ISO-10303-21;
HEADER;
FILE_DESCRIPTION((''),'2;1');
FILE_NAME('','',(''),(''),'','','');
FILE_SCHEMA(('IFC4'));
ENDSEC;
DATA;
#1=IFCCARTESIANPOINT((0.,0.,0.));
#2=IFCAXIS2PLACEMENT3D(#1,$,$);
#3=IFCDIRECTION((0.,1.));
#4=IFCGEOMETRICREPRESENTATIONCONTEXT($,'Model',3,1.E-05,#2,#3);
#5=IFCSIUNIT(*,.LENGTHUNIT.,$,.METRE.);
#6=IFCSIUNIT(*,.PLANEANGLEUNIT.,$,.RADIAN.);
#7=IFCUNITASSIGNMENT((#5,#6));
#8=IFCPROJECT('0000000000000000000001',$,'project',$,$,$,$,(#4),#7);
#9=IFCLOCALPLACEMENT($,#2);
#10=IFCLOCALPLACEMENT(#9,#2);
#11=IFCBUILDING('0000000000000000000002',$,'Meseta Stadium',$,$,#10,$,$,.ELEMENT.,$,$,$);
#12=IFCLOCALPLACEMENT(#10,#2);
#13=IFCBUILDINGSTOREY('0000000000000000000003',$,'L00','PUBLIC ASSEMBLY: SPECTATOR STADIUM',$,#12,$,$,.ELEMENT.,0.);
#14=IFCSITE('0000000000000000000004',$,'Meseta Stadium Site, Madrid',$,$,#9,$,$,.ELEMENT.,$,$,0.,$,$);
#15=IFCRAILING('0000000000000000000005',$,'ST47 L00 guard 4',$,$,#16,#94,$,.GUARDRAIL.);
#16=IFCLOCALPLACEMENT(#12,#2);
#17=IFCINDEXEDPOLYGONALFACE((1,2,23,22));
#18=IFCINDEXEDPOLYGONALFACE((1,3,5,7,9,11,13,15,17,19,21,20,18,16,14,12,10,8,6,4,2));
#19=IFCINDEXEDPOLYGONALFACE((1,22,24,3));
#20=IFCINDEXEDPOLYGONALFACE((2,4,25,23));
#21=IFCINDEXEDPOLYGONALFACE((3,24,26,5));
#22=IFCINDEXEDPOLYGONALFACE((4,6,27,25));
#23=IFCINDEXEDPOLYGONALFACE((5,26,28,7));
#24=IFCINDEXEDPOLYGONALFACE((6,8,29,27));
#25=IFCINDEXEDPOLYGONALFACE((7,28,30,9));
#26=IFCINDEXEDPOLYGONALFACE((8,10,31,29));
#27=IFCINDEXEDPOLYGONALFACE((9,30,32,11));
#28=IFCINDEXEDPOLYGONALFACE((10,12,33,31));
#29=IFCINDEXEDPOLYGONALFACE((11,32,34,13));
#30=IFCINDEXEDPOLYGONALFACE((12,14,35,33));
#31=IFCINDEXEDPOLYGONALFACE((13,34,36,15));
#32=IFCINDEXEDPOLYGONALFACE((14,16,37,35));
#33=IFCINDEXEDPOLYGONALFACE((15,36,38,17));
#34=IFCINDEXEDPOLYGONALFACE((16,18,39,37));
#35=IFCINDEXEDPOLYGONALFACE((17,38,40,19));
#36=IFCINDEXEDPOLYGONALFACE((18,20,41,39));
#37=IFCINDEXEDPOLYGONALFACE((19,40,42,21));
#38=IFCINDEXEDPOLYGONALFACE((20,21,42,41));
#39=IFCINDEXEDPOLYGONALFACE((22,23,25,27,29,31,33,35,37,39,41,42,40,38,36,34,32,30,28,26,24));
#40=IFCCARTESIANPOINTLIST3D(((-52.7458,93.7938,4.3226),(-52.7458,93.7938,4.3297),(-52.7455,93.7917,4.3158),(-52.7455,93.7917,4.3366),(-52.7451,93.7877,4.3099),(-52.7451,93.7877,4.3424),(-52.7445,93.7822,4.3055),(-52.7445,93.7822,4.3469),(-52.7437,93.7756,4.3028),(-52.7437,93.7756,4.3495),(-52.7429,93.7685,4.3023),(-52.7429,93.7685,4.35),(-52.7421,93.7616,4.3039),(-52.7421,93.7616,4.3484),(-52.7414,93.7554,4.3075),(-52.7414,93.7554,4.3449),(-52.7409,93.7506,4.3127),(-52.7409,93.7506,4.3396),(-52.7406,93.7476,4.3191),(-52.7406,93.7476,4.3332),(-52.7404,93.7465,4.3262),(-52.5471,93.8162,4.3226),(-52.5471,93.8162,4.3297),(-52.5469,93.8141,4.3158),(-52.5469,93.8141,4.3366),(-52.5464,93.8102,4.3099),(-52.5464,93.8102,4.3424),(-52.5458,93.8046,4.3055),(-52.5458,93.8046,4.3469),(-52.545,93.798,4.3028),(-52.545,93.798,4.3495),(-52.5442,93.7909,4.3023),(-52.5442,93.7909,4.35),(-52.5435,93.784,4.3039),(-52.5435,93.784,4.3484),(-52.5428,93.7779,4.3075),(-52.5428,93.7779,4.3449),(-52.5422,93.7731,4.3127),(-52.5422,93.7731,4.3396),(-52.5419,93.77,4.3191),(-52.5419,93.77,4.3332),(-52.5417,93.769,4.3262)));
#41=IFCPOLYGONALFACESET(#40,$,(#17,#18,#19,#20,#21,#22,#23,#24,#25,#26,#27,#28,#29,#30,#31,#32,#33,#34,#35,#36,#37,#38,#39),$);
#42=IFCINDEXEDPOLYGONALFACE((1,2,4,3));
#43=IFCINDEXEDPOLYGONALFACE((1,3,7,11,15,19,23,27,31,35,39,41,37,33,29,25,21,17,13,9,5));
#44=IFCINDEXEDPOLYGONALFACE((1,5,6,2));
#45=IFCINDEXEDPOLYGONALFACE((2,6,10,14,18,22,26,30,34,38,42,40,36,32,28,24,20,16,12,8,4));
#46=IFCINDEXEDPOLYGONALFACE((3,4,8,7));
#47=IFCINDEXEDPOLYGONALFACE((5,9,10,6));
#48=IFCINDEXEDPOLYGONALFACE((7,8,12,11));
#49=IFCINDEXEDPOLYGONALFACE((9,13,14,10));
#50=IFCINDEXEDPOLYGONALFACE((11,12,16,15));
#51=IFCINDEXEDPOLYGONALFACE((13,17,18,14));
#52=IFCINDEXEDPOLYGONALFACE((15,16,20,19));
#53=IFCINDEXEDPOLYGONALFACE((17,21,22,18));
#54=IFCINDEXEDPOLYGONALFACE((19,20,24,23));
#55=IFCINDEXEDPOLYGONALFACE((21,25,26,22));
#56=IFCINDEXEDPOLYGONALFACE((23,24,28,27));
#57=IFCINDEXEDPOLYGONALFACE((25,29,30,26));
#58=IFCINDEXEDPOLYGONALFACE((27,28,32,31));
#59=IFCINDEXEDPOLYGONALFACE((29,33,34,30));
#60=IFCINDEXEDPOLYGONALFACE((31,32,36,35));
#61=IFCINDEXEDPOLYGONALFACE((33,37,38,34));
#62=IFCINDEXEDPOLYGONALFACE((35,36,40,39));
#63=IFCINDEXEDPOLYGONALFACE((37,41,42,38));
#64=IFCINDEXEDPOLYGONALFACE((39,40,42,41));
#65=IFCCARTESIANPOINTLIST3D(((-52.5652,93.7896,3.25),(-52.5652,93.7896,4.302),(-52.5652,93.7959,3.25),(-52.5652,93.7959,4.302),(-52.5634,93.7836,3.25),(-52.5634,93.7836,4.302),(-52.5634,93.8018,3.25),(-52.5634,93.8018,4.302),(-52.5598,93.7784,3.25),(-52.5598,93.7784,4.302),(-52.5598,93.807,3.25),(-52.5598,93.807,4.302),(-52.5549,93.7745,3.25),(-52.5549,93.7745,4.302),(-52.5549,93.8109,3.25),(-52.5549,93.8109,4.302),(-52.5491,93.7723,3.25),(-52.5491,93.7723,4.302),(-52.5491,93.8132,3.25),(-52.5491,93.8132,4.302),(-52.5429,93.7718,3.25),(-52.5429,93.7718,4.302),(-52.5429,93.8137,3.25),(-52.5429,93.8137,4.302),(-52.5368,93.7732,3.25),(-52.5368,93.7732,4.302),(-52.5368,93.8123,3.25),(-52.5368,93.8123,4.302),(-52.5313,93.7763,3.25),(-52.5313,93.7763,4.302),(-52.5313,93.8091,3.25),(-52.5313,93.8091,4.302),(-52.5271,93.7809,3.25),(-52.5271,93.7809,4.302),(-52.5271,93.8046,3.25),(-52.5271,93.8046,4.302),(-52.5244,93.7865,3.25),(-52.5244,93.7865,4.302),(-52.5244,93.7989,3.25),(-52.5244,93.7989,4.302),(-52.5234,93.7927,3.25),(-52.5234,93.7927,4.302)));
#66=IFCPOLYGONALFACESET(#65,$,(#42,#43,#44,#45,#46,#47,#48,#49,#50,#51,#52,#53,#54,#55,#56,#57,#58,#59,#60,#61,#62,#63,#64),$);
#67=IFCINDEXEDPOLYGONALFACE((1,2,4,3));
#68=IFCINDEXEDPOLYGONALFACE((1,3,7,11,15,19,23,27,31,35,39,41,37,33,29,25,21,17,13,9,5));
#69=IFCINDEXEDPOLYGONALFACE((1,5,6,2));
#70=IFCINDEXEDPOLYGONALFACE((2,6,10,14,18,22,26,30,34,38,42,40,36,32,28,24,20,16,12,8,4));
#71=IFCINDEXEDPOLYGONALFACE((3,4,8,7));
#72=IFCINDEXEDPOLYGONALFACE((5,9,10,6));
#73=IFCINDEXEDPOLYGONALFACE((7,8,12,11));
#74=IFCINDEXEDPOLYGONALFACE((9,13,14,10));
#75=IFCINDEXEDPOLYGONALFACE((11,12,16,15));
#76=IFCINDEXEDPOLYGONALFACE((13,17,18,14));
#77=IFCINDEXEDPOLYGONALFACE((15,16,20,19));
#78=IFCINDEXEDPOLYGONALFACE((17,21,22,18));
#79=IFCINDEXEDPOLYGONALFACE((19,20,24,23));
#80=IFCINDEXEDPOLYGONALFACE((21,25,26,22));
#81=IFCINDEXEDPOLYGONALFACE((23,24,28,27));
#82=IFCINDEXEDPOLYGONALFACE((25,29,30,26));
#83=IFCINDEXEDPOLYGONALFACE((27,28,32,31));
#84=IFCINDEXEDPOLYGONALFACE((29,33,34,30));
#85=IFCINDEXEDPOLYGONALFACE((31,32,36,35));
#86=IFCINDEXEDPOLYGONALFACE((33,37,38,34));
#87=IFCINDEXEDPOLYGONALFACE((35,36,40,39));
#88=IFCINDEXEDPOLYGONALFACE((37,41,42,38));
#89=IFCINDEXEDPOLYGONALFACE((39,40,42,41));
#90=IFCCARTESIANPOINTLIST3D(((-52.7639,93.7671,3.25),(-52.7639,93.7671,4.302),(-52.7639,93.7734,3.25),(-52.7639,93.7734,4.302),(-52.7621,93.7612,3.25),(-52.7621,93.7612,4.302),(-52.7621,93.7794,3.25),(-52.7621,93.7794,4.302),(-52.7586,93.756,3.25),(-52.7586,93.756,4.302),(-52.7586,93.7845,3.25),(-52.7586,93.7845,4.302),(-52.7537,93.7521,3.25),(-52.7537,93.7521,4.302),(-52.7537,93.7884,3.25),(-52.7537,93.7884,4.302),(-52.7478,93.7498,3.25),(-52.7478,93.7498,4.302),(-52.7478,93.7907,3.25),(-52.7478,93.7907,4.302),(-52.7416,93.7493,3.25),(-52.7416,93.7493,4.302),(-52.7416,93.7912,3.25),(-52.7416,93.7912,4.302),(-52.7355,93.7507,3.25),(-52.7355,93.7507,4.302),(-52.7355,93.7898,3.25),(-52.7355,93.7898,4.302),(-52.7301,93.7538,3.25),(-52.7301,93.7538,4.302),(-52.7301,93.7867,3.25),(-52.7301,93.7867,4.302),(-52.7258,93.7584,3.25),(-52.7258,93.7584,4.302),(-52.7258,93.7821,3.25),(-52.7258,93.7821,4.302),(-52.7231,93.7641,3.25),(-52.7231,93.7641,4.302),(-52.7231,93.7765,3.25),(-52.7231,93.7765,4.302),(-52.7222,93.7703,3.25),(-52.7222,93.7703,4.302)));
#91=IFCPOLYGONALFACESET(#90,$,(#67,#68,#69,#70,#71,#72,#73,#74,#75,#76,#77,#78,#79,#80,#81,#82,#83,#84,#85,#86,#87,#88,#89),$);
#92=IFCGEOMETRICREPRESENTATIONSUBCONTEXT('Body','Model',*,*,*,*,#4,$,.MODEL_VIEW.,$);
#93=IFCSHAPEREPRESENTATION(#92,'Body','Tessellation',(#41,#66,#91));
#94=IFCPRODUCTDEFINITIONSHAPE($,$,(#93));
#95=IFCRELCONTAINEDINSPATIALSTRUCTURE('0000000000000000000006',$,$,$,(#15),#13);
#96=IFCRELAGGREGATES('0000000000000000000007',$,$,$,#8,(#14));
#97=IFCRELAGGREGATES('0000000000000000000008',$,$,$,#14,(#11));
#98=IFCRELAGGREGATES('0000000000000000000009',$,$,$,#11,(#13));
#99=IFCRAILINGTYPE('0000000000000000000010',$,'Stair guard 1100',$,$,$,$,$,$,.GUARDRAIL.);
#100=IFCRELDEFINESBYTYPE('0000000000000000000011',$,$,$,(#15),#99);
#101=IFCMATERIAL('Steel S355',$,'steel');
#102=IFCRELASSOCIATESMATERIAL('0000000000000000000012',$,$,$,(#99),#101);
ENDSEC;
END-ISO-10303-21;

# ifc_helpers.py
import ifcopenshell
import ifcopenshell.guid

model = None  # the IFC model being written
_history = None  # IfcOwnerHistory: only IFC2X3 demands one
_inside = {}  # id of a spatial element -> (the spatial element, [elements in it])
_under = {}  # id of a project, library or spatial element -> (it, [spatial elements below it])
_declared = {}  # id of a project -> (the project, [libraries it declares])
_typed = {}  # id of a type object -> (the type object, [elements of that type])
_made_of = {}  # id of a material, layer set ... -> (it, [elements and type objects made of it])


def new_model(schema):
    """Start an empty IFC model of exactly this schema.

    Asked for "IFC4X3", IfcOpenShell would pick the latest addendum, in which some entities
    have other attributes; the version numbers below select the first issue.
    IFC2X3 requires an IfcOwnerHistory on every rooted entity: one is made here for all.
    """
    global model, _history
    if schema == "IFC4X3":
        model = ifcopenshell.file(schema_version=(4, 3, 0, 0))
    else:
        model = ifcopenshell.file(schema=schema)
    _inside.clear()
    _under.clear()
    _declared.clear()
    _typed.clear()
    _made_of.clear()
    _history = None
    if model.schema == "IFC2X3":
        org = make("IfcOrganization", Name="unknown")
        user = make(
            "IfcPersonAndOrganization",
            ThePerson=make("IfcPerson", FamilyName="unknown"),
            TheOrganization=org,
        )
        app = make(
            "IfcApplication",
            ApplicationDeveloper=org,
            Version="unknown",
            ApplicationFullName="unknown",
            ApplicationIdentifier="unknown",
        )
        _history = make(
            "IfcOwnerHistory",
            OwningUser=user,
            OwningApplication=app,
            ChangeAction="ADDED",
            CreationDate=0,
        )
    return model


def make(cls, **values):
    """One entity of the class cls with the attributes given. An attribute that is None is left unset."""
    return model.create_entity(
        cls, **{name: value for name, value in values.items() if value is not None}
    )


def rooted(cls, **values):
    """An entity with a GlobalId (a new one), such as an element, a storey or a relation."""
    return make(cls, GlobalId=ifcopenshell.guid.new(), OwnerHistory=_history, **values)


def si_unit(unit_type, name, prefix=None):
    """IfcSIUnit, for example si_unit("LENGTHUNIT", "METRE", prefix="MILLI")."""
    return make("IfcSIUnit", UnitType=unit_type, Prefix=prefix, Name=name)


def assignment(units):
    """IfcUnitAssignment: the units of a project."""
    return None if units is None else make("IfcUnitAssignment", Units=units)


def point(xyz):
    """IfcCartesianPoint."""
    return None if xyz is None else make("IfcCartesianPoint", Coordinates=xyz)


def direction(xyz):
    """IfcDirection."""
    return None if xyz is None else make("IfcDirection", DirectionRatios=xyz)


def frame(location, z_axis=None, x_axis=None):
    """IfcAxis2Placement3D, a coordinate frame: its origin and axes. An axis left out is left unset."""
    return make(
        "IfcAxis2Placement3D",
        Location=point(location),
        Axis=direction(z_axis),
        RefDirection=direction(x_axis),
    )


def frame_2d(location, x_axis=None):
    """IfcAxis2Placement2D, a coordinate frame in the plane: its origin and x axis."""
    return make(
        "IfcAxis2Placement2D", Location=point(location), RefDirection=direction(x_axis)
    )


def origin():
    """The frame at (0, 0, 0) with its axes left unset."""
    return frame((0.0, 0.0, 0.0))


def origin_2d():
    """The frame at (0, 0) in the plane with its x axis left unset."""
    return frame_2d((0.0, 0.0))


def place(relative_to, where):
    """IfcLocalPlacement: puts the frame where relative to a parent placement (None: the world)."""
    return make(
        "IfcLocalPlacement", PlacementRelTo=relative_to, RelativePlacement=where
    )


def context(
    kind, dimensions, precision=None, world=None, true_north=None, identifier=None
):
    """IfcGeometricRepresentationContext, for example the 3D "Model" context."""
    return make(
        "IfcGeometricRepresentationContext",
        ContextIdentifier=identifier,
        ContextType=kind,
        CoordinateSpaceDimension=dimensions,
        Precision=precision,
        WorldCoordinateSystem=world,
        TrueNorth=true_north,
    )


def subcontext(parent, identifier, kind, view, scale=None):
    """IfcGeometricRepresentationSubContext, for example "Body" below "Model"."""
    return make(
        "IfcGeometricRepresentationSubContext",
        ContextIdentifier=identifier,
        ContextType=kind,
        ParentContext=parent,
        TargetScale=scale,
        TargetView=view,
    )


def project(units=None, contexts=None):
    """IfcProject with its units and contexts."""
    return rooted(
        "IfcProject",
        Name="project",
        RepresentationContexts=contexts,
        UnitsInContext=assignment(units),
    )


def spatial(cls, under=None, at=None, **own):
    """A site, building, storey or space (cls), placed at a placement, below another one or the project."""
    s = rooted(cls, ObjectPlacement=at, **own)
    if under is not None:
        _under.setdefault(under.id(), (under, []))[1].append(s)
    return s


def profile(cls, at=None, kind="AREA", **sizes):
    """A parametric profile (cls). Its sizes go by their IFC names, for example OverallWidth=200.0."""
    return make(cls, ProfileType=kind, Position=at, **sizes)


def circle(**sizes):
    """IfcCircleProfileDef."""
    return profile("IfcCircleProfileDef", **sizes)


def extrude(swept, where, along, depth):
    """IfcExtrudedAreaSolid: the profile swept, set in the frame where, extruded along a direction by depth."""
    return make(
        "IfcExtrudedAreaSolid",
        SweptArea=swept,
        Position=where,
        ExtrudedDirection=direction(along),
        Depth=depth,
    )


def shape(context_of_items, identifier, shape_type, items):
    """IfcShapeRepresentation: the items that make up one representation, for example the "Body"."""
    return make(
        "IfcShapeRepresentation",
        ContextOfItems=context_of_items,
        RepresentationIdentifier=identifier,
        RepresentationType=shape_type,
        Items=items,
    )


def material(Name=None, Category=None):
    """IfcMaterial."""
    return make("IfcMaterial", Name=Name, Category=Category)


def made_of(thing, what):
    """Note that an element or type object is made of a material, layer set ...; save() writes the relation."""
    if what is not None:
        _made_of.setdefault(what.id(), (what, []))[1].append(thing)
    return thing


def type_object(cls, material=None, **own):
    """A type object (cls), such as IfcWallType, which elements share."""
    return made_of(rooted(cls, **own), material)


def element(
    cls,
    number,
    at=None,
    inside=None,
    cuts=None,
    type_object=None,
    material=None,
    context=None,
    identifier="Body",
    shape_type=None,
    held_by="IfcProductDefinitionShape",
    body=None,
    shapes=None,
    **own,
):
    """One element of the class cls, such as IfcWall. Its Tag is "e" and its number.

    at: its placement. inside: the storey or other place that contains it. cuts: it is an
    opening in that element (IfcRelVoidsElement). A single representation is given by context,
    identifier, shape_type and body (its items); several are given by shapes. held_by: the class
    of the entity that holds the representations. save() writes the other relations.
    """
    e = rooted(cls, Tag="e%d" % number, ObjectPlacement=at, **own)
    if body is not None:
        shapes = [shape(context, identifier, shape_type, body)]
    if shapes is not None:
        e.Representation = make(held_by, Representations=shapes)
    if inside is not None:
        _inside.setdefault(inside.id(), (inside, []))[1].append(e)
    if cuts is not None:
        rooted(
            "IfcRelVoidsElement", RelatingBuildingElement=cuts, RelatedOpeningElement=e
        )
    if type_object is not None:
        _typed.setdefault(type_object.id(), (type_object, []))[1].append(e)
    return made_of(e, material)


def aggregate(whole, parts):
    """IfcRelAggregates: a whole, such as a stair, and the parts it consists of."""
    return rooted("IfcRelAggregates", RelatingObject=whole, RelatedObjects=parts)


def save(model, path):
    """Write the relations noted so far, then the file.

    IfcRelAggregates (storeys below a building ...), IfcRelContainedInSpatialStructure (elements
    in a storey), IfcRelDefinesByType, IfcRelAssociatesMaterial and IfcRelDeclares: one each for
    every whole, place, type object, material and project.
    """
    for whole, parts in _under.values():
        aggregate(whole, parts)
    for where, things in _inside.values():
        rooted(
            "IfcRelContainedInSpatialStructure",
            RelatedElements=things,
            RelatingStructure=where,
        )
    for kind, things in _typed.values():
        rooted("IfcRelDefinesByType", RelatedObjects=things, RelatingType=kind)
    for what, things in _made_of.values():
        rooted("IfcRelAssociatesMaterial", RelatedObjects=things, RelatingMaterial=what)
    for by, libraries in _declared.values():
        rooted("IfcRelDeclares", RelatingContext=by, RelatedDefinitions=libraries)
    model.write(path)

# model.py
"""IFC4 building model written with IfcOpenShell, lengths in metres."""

from ifc_helpers import new_model, si_unit, direction, frame, origin, origin_2d, place, context, subcontext, project, spatial, circle, extrude, material, type_object, element, save


model = new_model("IFC4")

# Units and contexts
model_context = context("Model", 3, precision=1e-05, world=origin(), true_north=direction((0.0, 1.0)))
body_context = subcontext(model_context, "Body", "Model", "MODEL_VIEW")
ifc_project = project(units=[si_unit("LENGTHUNIT", "METRE"), si_unit("PLANEANGLEUNIT", "RADIAN")], contexts=[model_context])

# Site, building, storey
site_placement = place(None, origin())
site = spatial("IfcSite", under=ifc_project, at=site_placement, Name="Meseta Stadium Site, Madrid", CompositionType="ELEMENT", RefElevation=0.0)
building_placement = place(site_placement, origin())
building = spatial("IfcBuilding", under=site, at=building_placement, Name="Meseta Stadium", CompositionType="ELEMENT")
storey_placement = place(building_placement, origin())
storey = spatial("IfcBuildingStorey", under=building, at=storey_placement, Name="L00", Description="PUBLIC ASSEMBLY: SPECTATOR STADIUM", CompositionType="ELEMENT", Elevation=0.0)

# Railing
ifc_material_1 = material(Name="Steel S355", Category="steel")
railing_type_1 = type_object("IfcRailingType", Name="Stair guard 1100", PredefinedType="GUARDRAIL", material=ifc_material_1)
railing_1_placement = place(storey_placement, frame((-52.5444, 93.7927, 3.25)))
element("IfcRailing", 1, at=railing_1_placement, inside=storey, type_object=railing_type_1, Name="ST47 L00 guard 4", PredefinedType="GUARDRAIL", context=body_context, shape_type="SweptSolid", body=[
    extrude(circle(Radius=0.0239, at=origin_2d()), frame((0.0, 0.0, 1.0762), z_axis=(-0.993674, -0.112307, 0.0), x_axis=(0.112307, -0.993674, 0.0)), (0.0, 0.0, 1.0), 0.2),
    extrude(circle(Radius=0.021, at=origin_2d()), origin(), (0.0, 0.0, 1.0), 1.052),
    extrude(circle(Radius=0.021, at=origin_2d()), frame((-0.1987, -0.0225, 0.0)), (0.0, 0.0, 1.0), 1.052),
])

save(model, "model.ifc")
